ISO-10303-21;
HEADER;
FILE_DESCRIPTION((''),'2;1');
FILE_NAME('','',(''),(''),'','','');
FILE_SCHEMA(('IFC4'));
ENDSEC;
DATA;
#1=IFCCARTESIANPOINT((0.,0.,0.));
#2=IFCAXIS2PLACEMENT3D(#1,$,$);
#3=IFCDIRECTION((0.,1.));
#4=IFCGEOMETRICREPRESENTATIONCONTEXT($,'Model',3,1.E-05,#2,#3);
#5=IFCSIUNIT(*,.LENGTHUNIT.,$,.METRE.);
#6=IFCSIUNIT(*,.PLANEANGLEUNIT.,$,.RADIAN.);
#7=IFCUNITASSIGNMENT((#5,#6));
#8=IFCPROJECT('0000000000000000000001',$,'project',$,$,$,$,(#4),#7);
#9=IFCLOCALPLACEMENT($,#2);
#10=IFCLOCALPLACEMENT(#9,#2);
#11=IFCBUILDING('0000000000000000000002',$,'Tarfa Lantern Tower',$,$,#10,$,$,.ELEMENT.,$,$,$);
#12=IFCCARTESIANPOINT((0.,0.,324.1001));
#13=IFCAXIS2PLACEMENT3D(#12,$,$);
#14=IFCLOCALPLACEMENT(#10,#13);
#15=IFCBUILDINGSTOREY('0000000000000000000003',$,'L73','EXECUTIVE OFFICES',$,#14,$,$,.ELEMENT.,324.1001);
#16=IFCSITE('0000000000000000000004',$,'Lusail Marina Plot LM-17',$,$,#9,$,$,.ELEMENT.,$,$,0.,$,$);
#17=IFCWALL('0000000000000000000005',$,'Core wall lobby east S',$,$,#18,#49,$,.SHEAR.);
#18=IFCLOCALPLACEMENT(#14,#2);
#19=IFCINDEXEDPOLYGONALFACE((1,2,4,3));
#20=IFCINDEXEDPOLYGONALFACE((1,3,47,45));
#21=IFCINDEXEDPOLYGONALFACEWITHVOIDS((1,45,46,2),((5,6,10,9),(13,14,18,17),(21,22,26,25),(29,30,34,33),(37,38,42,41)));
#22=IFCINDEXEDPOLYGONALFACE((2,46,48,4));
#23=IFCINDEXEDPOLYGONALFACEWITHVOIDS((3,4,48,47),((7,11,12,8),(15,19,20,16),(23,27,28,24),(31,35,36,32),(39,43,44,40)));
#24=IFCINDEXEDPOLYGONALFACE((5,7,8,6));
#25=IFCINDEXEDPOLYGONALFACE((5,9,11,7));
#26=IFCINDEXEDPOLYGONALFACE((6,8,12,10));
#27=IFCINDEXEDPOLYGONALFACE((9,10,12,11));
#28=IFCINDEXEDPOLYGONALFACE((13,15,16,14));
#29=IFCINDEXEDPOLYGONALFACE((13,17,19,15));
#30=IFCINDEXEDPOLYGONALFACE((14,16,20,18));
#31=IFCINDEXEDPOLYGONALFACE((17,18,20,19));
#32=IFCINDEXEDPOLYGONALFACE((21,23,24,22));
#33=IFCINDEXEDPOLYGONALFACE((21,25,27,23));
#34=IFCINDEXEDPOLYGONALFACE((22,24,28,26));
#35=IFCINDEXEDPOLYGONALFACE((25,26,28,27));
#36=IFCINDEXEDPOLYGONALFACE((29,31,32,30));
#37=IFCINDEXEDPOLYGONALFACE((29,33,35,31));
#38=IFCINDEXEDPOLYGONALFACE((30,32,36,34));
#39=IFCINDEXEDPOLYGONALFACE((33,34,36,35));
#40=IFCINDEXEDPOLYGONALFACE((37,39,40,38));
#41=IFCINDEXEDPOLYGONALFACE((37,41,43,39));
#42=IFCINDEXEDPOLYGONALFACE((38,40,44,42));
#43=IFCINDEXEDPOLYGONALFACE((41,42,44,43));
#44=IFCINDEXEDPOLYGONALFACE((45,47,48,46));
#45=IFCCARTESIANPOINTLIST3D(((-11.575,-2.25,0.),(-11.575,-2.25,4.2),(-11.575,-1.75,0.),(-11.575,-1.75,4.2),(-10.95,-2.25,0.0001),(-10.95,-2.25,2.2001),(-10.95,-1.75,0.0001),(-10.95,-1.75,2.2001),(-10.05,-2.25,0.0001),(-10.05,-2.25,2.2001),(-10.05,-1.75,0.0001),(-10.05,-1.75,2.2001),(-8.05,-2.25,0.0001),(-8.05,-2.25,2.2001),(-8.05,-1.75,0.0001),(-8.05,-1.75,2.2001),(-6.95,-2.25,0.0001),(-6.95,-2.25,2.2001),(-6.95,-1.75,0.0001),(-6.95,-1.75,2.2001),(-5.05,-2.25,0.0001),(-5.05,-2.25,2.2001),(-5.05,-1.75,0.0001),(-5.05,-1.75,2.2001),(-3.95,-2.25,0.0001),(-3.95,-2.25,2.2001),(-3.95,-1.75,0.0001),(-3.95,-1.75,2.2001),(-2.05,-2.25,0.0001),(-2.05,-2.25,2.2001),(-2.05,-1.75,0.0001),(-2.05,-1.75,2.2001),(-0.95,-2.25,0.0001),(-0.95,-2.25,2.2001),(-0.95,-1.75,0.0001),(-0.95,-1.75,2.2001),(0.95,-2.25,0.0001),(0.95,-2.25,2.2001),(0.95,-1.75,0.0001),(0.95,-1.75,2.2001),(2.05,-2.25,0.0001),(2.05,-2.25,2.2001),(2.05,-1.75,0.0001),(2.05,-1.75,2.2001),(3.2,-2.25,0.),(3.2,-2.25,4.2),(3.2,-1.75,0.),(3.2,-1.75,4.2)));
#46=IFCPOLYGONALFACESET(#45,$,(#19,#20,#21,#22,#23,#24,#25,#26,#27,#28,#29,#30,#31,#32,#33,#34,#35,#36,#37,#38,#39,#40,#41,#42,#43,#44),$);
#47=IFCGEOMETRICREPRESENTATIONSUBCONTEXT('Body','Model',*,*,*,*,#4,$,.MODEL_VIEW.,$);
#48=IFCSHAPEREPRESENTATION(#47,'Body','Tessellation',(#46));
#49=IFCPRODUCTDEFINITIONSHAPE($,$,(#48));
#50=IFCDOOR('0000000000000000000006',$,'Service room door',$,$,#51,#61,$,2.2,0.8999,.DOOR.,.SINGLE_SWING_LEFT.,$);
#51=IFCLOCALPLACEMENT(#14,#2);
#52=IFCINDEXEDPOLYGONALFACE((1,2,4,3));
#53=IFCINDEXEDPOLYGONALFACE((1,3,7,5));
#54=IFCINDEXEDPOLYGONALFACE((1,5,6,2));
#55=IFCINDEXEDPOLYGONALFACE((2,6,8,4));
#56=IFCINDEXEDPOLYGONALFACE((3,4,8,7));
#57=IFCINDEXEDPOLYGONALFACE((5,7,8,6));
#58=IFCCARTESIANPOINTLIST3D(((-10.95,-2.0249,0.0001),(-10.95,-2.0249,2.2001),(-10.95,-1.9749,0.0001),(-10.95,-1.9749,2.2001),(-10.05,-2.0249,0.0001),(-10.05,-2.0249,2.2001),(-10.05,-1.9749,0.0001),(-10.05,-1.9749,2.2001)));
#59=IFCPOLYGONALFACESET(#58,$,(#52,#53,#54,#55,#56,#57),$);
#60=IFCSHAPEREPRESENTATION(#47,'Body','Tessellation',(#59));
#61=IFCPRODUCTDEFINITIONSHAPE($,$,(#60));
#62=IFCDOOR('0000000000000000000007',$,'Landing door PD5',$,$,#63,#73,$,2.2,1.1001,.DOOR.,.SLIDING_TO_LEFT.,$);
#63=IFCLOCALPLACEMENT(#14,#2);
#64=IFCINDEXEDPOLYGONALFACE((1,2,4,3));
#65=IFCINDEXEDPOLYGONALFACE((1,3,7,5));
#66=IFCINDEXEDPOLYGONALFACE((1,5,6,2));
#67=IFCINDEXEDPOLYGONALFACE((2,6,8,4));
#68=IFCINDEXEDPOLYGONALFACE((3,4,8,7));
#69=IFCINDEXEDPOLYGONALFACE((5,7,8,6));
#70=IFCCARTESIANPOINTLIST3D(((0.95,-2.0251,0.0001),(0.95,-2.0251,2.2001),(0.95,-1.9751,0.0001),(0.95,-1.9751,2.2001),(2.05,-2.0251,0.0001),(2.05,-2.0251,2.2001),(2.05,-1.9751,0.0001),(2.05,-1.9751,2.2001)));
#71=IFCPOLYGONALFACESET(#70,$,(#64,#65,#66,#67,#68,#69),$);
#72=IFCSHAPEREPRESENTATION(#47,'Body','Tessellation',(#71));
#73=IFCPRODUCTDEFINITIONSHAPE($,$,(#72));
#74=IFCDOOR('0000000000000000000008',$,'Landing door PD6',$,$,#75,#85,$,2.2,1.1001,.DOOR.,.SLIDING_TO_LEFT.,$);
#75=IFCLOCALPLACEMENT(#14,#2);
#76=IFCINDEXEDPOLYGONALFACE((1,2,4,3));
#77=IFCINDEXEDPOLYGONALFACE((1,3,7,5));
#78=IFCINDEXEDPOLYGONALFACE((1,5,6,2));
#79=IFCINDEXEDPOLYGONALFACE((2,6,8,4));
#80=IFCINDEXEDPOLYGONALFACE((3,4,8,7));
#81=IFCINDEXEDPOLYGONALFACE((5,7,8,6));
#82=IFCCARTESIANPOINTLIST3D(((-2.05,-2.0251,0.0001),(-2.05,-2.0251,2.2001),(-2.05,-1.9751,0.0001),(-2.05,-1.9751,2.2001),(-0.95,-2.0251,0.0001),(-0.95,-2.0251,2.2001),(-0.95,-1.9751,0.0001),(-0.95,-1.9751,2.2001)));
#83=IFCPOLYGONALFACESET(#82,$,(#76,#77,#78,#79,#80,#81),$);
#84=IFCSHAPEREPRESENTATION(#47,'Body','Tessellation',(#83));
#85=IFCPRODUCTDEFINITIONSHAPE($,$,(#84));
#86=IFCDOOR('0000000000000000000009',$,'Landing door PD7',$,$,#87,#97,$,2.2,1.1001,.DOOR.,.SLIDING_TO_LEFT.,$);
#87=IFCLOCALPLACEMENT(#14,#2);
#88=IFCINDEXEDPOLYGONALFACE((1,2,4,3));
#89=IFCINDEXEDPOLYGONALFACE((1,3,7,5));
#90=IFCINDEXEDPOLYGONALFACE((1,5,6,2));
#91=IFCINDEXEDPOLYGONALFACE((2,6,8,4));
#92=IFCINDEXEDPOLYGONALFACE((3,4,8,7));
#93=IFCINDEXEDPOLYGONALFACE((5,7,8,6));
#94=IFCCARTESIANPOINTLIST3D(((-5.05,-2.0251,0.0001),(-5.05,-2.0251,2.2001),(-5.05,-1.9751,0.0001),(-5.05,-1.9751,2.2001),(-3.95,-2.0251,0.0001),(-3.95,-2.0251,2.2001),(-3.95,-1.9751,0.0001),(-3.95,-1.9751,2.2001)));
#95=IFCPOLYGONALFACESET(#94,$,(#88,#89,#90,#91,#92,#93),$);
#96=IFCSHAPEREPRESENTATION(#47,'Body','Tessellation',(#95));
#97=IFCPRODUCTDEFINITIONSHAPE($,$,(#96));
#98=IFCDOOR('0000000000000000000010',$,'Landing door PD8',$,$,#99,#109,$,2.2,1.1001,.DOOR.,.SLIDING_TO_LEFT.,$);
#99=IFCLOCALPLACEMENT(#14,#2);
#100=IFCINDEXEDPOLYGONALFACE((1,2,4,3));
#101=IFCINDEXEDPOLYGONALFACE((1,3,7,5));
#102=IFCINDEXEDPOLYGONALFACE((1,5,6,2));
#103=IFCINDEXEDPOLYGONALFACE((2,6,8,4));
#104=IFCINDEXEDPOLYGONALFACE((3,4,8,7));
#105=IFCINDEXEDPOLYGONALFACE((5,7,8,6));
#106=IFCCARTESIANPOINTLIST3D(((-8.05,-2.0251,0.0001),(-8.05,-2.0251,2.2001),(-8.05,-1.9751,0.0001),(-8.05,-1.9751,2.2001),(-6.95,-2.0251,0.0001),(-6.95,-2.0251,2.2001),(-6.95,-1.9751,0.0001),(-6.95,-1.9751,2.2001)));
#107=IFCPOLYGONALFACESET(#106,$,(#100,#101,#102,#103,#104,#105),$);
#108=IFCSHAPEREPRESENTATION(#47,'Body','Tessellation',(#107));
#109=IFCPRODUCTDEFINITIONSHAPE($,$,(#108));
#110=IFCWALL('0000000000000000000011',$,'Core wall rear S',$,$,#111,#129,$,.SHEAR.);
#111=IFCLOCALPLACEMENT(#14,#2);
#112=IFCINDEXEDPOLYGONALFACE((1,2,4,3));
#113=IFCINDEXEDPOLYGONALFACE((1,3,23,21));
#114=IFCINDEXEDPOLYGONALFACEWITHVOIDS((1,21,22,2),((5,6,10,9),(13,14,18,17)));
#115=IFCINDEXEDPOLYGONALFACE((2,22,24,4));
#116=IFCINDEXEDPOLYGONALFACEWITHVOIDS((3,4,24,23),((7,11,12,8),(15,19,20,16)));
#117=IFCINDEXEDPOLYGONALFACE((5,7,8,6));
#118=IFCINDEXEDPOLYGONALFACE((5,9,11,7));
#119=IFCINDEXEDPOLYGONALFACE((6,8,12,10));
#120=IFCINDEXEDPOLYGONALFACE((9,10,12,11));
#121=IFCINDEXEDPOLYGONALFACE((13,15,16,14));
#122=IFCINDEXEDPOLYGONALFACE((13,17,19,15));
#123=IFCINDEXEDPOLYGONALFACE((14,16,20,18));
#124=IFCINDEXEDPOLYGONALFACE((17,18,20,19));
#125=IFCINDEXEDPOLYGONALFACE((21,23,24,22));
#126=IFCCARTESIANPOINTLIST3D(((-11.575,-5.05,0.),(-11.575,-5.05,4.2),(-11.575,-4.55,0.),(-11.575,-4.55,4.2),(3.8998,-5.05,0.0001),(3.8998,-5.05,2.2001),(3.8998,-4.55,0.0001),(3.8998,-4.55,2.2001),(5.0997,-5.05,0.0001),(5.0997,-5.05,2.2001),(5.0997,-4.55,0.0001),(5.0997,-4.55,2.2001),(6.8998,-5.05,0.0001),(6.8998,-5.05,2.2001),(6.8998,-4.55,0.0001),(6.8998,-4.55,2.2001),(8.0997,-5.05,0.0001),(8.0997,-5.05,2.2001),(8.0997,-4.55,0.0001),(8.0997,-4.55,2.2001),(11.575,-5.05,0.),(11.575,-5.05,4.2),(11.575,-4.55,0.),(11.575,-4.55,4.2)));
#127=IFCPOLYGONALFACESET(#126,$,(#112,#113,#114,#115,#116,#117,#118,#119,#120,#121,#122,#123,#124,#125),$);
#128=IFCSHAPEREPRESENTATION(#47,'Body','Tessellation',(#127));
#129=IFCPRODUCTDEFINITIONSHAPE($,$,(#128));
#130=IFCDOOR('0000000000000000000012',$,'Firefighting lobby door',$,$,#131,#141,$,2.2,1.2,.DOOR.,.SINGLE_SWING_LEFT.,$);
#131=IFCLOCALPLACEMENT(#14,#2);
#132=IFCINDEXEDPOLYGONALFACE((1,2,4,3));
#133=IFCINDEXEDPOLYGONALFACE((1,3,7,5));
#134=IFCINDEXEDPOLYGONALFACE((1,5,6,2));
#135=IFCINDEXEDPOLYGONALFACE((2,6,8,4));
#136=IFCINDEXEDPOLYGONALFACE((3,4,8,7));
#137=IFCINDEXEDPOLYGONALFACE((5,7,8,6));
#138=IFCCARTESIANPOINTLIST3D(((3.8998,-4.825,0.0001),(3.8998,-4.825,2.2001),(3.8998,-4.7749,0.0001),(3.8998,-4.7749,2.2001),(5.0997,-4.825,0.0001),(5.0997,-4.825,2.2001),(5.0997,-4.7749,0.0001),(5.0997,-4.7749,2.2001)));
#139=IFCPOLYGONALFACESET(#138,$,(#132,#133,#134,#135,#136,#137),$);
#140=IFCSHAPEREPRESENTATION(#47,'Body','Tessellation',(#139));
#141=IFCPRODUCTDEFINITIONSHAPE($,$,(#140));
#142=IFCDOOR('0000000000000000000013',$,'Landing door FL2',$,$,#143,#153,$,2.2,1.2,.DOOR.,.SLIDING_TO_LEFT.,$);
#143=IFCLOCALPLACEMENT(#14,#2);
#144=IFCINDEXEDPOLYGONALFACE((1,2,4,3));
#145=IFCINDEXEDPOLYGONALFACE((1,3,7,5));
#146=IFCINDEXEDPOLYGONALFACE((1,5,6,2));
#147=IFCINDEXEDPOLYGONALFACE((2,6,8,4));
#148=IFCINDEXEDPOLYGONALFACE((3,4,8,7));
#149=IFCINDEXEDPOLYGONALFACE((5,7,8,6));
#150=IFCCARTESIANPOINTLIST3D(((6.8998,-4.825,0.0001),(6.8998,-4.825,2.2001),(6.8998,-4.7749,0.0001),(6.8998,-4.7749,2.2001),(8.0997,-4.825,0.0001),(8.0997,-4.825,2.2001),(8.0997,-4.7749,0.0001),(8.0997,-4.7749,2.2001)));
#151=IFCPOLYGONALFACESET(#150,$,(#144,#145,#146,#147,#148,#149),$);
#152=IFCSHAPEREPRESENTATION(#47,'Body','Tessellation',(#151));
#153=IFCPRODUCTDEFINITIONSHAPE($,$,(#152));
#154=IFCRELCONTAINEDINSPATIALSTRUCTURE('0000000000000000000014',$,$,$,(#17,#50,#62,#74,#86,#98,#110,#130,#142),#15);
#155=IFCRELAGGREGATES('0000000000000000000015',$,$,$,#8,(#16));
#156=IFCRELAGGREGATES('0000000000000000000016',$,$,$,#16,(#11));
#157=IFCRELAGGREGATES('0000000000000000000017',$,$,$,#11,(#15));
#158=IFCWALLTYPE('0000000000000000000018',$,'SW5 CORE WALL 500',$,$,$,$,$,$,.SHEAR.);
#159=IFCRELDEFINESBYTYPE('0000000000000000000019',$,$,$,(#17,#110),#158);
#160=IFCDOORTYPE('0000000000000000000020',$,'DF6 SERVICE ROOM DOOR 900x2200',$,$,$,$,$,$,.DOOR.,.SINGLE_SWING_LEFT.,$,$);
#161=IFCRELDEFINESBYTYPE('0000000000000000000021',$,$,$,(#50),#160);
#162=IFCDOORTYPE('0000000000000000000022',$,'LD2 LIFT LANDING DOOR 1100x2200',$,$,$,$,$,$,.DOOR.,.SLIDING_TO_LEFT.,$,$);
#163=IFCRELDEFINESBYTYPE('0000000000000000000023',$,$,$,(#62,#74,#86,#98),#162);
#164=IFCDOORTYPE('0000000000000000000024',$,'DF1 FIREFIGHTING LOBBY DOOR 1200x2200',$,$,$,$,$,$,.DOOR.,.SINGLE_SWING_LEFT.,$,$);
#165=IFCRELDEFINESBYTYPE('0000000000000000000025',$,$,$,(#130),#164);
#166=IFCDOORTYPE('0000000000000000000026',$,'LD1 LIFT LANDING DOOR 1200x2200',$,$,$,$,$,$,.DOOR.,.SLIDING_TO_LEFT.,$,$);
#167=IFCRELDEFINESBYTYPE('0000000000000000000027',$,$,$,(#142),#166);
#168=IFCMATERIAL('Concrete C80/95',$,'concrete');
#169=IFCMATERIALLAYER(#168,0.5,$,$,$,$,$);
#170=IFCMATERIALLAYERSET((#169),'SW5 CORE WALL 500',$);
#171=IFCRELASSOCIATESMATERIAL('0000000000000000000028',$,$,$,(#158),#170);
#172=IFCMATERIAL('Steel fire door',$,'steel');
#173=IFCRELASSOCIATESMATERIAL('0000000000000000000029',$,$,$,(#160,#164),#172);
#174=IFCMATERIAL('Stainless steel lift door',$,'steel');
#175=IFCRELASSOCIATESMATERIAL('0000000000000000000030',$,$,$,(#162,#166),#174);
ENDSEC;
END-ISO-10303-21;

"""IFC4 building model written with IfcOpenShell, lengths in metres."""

from ifc_helpers import new_model, si_unit, direction, frame, frame_2d, origin, place, context, subcontext, project, spatial, rectangle, extrude, material, layer, layer_set, type_object, element, fill, save


model = new_model("IFC4")

# Units and contexts
model_context = context("Model", 3, precision=1e-05, world=origin(), true_north=direction((0.0, 1.0)))
body_context = subcontext(model_context, "Body", "Model", "MODEL_VIEW")
ifc_project = project(units=[si_unit("LENGTHUNIT", "METRE"), si_unit("PLANEANGLEUNIT", "RADIAN")], contexts=[model_context])

# Site, building, storey
site_placement = place(None, origin())
site = spatial("IfcSite", under=ifc_project, at=site_placement, Name="Lusail Marina Plot LM-17", CompositionType="ELEMENT", RefElevation=0.0)
building_placement = place(site_placement, origin())
building = spatial("IfcBuilding", under=site, at=building_placement, Name="Tarfa Lantern Tower", CompositionType="ELEMENT")
storey_placement = place(building_placement, frame((0.0, 0.0, 324.1001)))
storey = spatial("IfcBuildingStorey", under=building, at=storey_placement, Name="L73", Description="EXECUTIVE OFFICES", CompositionType="ELEMENT", Elevation=324.1001)

# Shared definitions
ifc_material_1 = material(Name="Concrete C80/95", Category="concrete")

# Shared definitions
ifc_material_2 = material(Name="Steel fire door", Category="steel")

# Walls, openings, doors
ifc_layer_1 = layer(ifc_material_1, 0.5)
ifc_layer_set_1 = layer_set([ifc_layer_1], Name="SW5 CORE WALL 500")
wall_type_1 = type_object("IfcWallType", Name="SW5 CORE WALL 500", PredefinedType="SHEAR", material=ifc_layer_set_1)
wall_1_placement = place(storey_placement, frame((3.2, -2.0, 0.0), z_axis=(0.0, 0.0, 1.0), x_axis=(-1.0, 0.0, 0.0)))
wall_1 = element("IfcWall", 1, at=wall_1_placement, inside=storey, type_object=wall_type_1, Name="Core wall lobby east S", PredefinedType="SHEAR", context=body_context, shape_type="SweptSolid", body=[
    extrude(rectangle(XDim=14.7749, YDim=0.5, at=frame_2d((7.3875, 0.0))), origin(), (0.0, 0.0, 1.0), 4.2),
])
opening_1_placement = place(wall_1_placement, frame((13.25, 0.0, 0.0)))
opening_1 = element("IfcOpeningElement", 2, at=opening_1_placement, cuts=wall_1, PredefinedType="OPENING", context=body_context, shape_type="SweptSolid", body=[
    extrude(rectangle(XDim=0.8999, YDim=2.2, at=frame_2d((0.45, 1.1001))), frame((0.0, 0.26, 0.0), z_axis=(0.0, -1.0, 0.0), x_axis=(1.0, 0.0, 0.0)), (0.0, 0.0, 1.0), 0.52),
])
opening_2_placement = place(wall_1_placement, frame((1.1499, 0.0, 0.0)))
opening_2 = element("IfcOpeningElement", 3, at=opening_2_placement, cuts=wall_1, PredefinedType="OPENING", context=body_context, shape_type="SweptSolid", body=[
    extrude(rectangle(XDim=1.1001, YDim=2.2, at=frame_2d((0.55, 1.1001))), frame((0.0, 0.26, 0.0), z_axis=(0.0, -1.0, 0.0), x_axis=(1.0, 0.0, 0.0)), (0.0, 0.0, 1.0), 0.52),
])
opening_3_placement = place(wall_1_placement, frame((4.1499, 0.0, 0.0)))
opening_3 = element("IfcOpeningElement", 4, at=opening_3_placement, cuts=wall_1, PredefinedType="OPENING", context=body_context, shape_type="SweptSolid", body=[
    extrude(rectangle(XDim=1.1001, YDim=2.2, at=frame_2d((0.55, 1.1001))), frame((0.0, 0.26, 0.0), z_axis=(0.0, -1.0, 0.0), x_axis=(1.0, 0.0, 0.0)), (0.0, 0.0, 1.0), 0.52),
])
opening_4_placement = place(wall_1_placement, frame((7.1499, 0.0, 0.0)))
opening_4 = element("IfcOpeningElement", 5, at=opening_4_placement, cuts=wall_1, PredefinedType="OPENING", context=body_context, shape_type="SweptSolid", body=[
    extrude(rectangle(XDim=1.1001, YDim=2.2, at=frame_2d((0.55, 1.1001))), frame((0.0, 0.26, 0.0), z_axis=(0.0, -1.0, 0.0), x_axis=(1.0, 0.0, 0.0)), (0.0, 0.0, 1.0), 0.52),
])
opening_5_placement = place(wall_1_placement, frame((10.1499, 0.0, 0.0)))
opening_5 = element("IfcOpeningElement", 6, at=opening_5_placement, cuts=wall_1, PredefinedType="OPENING", context=body_context, shape_type="SweptSolid", body=[
    extrude(rectangle(XDim=1.1001, YDim=2.2, at=frame_2d((0.55, 1.1001))), frame((0.0, 0.26, 0.0), z_axis=(0.0, -1.0, 0.0), x_axis=(1.0, 0.0, 0.0)), (0.0, 0.0, 1.0), 0.52),
])
door_type_1 = type_object("IfcDoorType", Name="DF6 SERVICE ROOM DOOR 900x2200", OperationType="SINGLE_SWING_LEFT", PredefinedType="DOOR", material=ifc_material_2)
door_1_placement = place(opening_1_placement, origin())
door_1 = element("IfcDoor", 7, at=door_1_placement, inside=storey, type_object=door_type_1, Name="Service room door", OperationType="SINGLE_SWING_LEFT", OverallHeight=2.2, OverallWidth=0.8999, PredefinedType="DOOR", context=body_context, shape_type="SweptSolid", body=[
    extrude(rectangle(XDim=0.8999, YDim=2.2, at=frame_2d((0.45, 1.1001))), frame((0.0, 0.0249, 0.0), z_axis=(0.0, -1.0, 0.0), x_axis=(1.0, 0.0, 0.0)), (0.0, 0.0, 1.0), 0.05),
])
fill(opening_1, door_1)
ifc_material_3 = material(Name="Stainless steel lift door", Category="steel")
door_type_2 = type_object("IfcDoorType", Name="LD2 LIFT LANDING DOOR 1100x2200", OperationType="SLIDING_TO_LEFT", PredefinedType="DOOR", material=ifc_material_3)
door_2_placement = place(opening_2_placement, frame((1.1001, 0.0, 0.0), z_axis=(0.0, 0.0, 1.0), x_axis=(-1.0, 0.0, 0.0)))
door_2 = element("IfcDoor", 8, at=door_2_placement, inside=storey, type_object=door_type_2, Name="Landing door PD5", OperationType="SLIDING_TO_LEFT", OverallHeight=2.2, OverallWidth=1.1001, PredefinedType="DOOR", context=body_context, shape_type="SweptSolid", body=[
    extrude(rectangle(XDim=1.1001, YDim=2.2, at=frame_2d((0.55, 1.1001))), frame((0.0, 0.0249, 0.0), z_axis=(0.0, -1.0, 0.0), x_axis=(1.0, 0.0, 0.0)), (0.0, 0.0, 1.0), 0.05),
])
fill(opening_2, door_2)
door_3_placement = place(opening_3_placement, frame((1.1001, 0.0, 0.0), z_axis=(0.0, 0.0, 1.0), x_axis=(-1.0, 0.0, 0.0)))
door_3 = element("IfcDoor", 9, at=door_3_placement, inside=storey, type_object=door_type_2, Name="Landing door PD6", OperationType="SLIDING_TO_LEFT", OverallHeight=2.2, OverallWidth=1.1001, PredefinedType="DOOR", context=body_context, shape_type="SweptSolid", body=[
    extrude(rectangle(XDim=1.1001, YDim=2.2, at=frame_2d((0.55, 1.1001))), frame((0.0, 0.0249, 0.0), z_axis=(0.0, -1.0, 0.0), x_axis=(1.0, 0.0, 0.0)), (0.0, 0.0, 1.0), 0.05),
])
fill(opening_3, door_3)
door_4_placement = place(opening_4_placement, frame((1.1001, 0.0, 0.0), z_axis=(0.0, 0.0, 1.0), x_axis=(-1.0, 0.0, 0.0)))
door_4 = element("IfcDoor", 10, at=door_4_placement, inside=storey, type_object=door_type_2, Name="Landing door PD7", OperationType="SLIDING_TO_LEFT", OverallHeight=2.2, OverallWidth=1.1001, PredefinedType="DOOR", context=body_context, shape_type="SweptSolid", body=[
    extrude(rectangle(XDim=1.1001, YDim=2.2, at=frame_2d((0.55, 1.1001))), frame((0.0, 0.0249, 0.0), z_axis=(0.0, -1.0, 0.0), x_axis=(1.0, 0.0, 0.0)), (0.0, 0.0, 1.0), 0.05),
])
fill(opening_4, door_4)
door_5_placement = place(opening_5_placement, frame((1.1001, 0.0, 0.0), z_axis=(0.0, 0.0, 1.0), x_axis=(-1.0, 0.0, 0.0)))
door_5 = element("IfcDoor", 11, at=door_5_placement, inside=storey, type_object=door_type_2, Name="Landing door PD8", OperationType="SLIDING_TO_LEFT", OverallHeight=2.2, OverallWidth=1.1001, PredefinedType="DOOR", context=body_context, shape_type="SweptSolid", body=[
    extrude(rectangle(XDim=1.1001, YDim=2.2, at=frame_2d((0.55, 1.1001))), frame((0.0, 0.0249, 0.0), z_axis=(0.0, -1.0, 0.0), x_axis=(1.0, 0.0, 0.0)), (0.0, 0.0, 1.0), 0.05),
])
fill(opening_5, door_5)
wall_2_placement = place(storey_placement, frame((11.575, -4.8, 0.0), z_axis=(0.0, 0.0, 1.0), x_axis=(-1.0, 0.0, 0.0)))
wall_2 = element("IfcWall", 12, at=wall_2_placement, inside=storey, type_object=wall_type_1, Name="Core wall rear S", PredefinedType="SHEAR", context=body_context, shape_type="SweptSolid", body=[
    extrude(rectangle(XDim=23.1499, YDim=0.5, at=frame_2d((11.575, 0.0))), origin(), (0.0, 0.0, 1.0), 4.2),
])
opening_6_placement = place(wall_2_placement, frame((6.4751, 0.0, 0.0)))
opening_6 = element("IfcOpeningElement", 13, at=opening_6_placement, cuts=wall_2, PredefinedType="OPENING", context=body_context, shape_type="SweptSolid", body=[
    extrude(rectangle(XDim=1.2, YDim=2.2, at=frame_2d((0.6001, 1.1001))), frame((0.0, 0.26, 0.0), z_axis=(0.0, -1.0, 0.0), x_axis=(1.0, 0.0, 0.0)), (0.0, 0.0, 1.0), 0.52),
])
opening_7_placement = place(wall_2_placement, frame((3.4751, 0.0, 0.0)))
opening_7 = element("IfcOpeningElement", 14, at=opening_7_placement, cuts=wall_2, PredefinedType="OPENING", context=body_context, shape_type="SweptSolid", body=[
    extrude(rectangle(XDim=1.2, YDim=2.2, at=frame_2d((0.6001, 1.1001))), frame((0.0, 0.26, 0.0), z_axis=(0.0, -1.0, 0.0), x_axis=(1.0, 0.0, 0.0)), (0.0, 0.0, 1.0), 0.52),
])
door_type_3 = type_object("IfcDoorType", Name="DF1 FIREFIGHTING LOBBY DOOR 1200x2200", OperationType="SINGLE_SWING_LEFT", PredefinedType="DOOR", material=ifc_material_2)
door_6_placement = place(opening_6_placement, origin())
door_6 = element("IfcDoor", 15, at=door_6_placement, inside=storey, type_object=door_type_3, Name="Firefighting lobby door", OperationType="SINGLE_SWING_LEFT", OverallHeight=2.2, OverallWidth=1.2, PredefinedType="DOOR", context=body_context, shape_type="SweptSolid", body=[
    extrude(rectangle(XDim=1.2, YDim=2.2, at=frame_2d((0.6001, 1.1001))), frame((0.0, 0.0249, 0.0), z_axis=(0.0, -1.0, 0.0), x_axis=(1.0, 0.0, 0.0)), (0.0, 0.0, 1.0), 0.05),
])
fill(opening_6, door_6)
door_type_4 = type_object("IfcDoorType", Name="LD1 LIFT LANDING DOOR 1200x2200", OperationType="SLIDING_TO_LEFT", PredefinedType="DOOR", material=ifc_material_3)
door_7_placement = place(opening_7_placement, origin())
door_7 = element("IfcDoor", 16, at=door_7_placement, inside=storey, type_object=door_type_4, Name="Landing door FL2", OperationType="SLIDING_TO_LEFT", OverallHeight=2.2, OverallWidth=1.2, PredefinedType="DOOR", context=body_context, shape_type="SweptSolid", body=[
    extrude(rectangle(XDim=1.2, YDim=2.2, at=frame_2d((0.6001, 1.1001))), frame((0.0, 0.0249, 0.0), z_axis=(0.0, -1.0, 0.0), x_axis=(1.0, 0.0, 0.0)), (0.0, 0.0, 1.0), 0.05),
])
fill(opening_7, door_7)

save(model, "model.ifc")
